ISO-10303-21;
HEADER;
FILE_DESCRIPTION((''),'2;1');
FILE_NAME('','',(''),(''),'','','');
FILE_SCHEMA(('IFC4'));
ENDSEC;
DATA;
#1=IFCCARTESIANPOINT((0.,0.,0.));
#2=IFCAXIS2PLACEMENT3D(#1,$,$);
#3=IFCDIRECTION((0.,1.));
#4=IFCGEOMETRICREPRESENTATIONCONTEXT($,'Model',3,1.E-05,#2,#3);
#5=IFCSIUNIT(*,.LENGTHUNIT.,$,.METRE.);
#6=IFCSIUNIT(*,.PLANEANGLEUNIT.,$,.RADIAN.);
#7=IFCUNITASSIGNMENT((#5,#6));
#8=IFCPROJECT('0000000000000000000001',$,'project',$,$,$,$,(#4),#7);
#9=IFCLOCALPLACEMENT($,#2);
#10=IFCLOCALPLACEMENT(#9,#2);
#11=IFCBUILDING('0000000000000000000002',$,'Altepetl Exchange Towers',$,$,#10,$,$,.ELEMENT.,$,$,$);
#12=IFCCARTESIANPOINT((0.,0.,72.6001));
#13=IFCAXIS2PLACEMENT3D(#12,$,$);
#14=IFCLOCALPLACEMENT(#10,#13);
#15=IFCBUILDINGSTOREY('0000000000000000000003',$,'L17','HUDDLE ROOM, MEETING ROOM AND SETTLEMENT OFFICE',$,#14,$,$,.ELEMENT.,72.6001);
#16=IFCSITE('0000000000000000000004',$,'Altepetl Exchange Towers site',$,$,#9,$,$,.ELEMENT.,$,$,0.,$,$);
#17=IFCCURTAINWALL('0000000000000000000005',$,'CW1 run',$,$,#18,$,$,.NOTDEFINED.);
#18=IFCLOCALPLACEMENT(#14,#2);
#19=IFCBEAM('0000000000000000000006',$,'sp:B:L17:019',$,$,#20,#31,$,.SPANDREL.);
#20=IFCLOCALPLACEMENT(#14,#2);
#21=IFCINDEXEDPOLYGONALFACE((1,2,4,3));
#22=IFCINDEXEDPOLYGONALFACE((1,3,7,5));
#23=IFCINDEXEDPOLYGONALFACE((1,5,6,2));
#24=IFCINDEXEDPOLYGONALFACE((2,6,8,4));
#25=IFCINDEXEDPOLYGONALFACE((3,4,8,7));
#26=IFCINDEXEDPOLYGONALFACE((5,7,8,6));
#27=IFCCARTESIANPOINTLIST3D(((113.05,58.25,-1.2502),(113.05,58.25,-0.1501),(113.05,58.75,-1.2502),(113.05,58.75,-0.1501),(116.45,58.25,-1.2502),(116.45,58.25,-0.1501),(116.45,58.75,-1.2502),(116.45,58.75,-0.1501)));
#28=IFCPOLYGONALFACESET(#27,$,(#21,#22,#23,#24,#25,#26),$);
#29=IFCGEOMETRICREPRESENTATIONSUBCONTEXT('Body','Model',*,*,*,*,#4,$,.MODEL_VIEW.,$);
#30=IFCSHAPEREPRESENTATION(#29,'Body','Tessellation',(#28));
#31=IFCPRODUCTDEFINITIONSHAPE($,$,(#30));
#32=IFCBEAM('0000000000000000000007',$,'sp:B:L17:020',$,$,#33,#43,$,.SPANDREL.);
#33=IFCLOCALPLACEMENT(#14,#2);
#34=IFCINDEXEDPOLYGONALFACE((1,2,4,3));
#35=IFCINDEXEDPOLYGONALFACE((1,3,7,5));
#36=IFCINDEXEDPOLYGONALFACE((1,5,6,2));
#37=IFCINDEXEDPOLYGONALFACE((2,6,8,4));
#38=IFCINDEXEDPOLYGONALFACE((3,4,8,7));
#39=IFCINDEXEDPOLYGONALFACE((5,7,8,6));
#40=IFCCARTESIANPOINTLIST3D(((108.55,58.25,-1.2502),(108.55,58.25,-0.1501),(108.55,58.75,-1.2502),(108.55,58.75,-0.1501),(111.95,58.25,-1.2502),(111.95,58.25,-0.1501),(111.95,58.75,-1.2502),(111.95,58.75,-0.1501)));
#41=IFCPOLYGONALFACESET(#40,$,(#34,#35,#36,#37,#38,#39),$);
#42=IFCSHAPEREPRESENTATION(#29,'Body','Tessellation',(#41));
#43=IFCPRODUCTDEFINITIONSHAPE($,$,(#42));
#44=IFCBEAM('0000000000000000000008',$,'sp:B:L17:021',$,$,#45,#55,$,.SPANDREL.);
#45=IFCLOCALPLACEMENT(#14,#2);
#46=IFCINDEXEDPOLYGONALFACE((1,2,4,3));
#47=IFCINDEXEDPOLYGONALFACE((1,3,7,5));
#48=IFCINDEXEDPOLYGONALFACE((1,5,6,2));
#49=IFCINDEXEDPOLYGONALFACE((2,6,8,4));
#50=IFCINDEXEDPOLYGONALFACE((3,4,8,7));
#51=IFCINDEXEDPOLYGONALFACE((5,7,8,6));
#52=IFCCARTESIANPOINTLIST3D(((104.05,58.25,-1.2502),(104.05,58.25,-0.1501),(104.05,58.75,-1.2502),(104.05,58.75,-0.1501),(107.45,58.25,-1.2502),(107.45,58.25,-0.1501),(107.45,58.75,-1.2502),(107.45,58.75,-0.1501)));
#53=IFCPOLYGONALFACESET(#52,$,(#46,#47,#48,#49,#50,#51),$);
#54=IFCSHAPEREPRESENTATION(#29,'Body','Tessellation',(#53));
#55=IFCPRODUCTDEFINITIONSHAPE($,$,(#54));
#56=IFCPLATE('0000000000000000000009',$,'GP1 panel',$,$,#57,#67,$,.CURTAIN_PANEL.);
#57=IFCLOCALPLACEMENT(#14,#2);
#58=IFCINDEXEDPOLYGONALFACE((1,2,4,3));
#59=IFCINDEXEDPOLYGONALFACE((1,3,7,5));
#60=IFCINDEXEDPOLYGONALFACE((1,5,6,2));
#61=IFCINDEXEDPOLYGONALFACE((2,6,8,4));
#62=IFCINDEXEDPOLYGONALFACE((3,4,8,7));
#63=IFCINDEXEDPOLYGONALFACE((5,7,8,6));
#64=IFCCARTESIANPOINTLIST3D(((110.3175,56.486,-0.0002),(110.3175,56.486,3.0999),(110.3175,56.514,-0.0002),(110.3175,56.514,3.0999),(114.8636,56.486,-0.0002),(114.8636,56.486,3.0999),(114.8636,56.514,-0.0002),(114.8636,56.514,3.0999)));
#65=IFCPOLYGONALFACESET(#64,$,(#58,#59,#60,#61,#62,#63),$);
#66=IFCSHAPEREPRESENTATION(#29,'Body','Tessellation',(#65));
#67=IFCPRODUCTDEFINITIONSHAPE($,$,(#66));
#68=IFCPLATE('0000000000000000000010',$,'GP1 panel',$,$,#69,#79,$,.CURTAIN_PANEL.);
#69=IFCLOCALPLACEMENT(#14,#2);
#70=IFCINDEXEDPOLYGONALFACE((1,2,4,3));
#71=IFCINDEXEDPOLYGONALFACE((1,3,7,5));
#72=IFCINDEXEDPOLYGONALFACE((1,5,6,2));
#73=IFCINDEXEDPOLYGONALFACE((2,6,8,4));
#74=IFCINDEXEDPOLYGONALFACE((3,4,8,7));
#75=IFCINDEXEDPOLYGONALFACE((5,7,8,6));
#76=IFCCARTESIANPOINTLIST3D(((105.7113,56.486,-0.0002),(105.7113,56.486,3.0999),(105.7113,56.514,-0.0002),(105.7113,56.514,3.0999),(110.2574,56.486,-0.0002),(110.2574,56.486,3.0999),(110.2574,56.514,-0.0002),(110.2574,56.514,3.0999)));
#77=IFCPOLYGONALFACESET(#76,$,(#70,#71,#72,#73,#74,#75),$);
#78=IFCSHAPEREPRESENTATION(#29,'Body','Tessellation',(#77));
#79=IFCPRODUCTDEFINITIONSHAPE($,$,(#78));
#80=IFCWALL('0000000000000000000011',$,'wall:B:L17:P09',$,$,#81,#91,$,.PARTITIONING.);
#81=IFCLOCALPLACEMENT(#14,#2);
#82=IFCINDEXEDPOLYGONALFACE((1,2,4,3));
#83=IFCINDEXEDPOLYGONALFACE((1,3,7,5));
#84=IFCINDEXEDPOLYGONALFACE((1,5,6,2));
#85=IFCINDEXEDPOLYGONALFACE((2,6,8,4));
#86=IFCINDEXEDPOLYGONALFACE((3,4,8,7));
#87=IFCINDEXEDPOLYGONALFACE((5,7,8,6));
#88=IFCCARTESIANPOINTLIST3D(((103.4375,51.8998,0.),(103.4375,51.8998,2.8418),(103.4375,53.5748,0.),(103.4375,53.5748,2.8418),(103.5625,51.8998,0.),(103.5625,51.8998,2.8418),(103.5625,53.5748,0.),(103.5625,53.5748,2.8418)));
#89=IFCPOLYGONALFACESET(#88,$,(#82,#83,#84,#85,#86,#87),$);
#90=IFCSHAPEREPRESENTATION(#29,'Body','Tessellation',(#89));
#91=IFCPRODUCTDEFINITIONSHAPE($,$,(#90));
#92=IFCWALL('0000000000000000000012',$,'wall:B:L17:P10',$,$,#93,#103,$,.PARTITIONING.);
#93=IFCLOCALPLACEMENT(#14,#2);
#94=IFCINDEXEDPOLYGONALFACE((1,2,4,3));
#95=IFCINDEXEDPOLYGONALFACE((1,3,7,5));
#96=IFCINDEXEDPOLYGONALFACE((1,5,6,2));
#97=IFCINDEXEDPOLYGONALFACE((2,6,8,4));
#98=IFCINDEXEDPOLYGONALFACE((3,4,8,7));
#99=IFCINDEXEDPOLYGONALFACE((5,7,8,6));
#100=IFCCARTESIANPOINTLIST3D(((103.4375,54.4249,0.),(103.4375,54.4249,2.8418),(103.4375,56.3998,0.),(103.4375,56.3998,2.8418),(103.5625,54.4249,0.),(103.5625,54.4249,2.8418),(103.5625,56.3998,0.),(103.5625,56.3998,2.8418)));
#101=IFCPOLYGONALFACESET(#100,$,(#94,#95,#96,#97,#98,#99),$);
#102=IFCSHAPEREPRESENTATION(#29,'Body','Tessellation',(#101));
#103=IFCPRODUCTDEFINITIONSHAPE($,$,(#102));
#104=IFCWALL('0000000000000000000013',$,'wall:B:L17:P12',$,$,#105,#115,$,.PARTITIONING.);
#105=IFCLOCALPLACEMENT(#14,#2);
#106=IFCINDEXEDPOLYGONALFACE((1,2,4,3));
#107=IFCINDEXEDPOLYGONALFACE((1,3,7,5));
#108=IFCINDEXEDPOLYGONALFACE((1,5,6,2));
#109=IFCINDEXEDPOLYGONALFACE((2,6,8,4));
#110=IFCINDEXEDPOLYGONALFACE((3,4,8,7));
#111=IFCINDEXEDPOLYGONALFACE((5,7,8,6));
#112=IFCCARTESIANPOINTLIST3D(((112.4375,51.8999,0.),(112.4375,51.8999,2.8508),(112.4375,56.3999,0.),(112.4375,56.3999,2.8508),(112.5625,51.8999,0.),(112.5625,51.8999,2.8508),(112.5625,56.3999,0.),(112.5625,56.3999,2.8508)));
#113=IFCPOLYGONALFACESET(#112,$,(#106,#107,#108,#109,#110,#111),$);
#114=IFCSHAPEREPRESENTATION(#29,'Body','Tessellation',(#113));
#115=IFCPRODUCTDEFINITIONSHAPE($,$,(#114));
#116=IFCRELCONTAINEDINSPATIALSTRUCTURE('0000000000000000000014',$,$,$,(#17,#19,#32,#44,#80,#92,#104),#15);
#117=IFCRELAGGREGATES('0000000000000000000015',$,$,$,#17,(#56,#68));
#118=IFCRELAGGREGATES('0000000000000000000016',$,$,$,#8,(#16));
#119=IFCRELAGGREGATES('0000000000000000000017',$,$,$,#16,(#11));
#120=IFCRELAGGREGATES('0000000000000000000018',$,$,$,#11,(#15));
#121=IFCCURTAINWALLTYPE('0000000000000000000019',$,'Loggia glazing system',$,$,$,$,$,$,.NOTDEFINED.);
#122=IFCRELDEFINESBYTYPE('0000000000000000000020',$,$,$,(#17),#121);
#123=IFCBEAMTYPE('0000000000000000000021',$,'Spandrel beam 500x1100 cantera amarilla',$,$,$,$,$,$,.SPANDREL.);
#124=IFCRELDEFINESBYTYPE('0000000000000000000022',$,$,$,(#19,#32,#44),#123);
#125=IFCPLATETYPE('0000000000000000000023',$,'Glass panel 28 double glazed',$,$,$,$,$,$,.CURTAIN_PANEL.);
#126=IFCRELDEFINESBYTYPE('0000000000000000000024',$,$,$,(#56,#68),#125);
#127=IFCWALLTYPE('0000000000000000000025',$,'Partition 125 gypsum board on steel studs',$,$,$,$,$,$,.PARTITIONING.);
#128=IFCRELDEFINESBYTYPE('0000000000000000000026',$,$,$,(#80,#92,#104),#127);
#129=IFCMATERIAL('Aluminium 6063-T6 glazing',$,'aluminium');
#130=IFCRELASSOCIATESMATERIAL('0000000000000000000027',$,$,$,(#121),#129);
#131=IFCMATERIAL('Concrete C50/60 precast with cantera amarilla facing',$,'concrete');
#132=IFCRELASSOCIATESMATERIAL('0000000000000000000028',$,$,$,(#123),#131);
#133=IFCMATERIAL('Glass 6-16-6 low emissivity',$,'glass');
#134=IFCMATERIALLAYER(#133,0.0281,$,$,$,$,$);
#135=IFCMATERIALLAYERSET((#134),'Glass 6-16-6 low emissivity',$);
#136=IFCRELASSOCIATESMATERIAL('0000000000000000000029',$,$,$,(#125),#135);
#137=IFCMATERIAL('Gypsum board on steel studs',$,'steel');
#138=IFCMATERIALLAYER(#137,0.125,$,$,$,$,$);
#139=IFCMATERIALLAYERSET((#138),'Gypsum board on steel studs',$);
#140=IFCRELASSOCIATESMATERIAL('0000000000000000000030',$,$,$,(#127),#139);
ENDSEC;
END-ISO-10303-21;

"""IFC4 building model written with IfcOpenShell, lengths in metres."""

from ifc_helpers import new_model, si_unit, direction, frame, frame_2d, origin, origin_2d, place, context, subcontext, project, spatial, rectangle, extrude, material, layer, layer_set, material_profile, profile_set, type_object, element, aggregate, save


model = new_model("IFC4")

# Units and contexts
model_context = context("Model", 3, precision=1e-05, world=origin(), true_north=direction((0.0, 1.0)))
body_context = subcontext(model_context, "Body", "Model", "MODEL_VIEW")
ifc_project = project(units=[si_unit("LENGTHUNIT", "METRE"), si_unit("PLANEANGLEUNIT", "RADIAN")], contexts=[model_context])

# Site, building, storey
site_placement = place(None, origin())
site = spatial("IfcSite", under=ifc_project, at=site_placement, Name="Altepetl Exchange Towers site", CompositionType="ELEMENT", RefElevation=0.0)
building_placement = place(site_placement, origin())
building = spatial("IfcBuilding", under=site, at=building_placement, Name="Altepetl Exchange Towers", CompositionType="ELEMENT")
storey_placement = place(building_placement, frame((0.0, 0.0, 72.6001)))
storey = spatial("IfcBuildingStorey", under=building, at=storey_placement, Name="L17", Description="HUDDLE ROOM, MEETING ROOM AND SETTLEMENT OFFICE", CompositionType="ELEMENT", Elevation=72.6001)

# Curtain wall
ifc_material_1 = material(Name="Aluminium 6063-T6 glazing", Category="aluminium")
curtain_wall_type = type_object("IfcCurtainWallType", Name="Loggia glazing system", PredefinedType="NOTDEFINED", material=ifc_material_1)
curtain_wall_placement = place(storey_placement, origin())
curtain_wall = element("IfcCurtainWall", 1, at=curtain_wall_placement, inside=storey, type_object=curtain_wall_type, Name="CW1 run", PredefinedType="NOTDEFINED")

# Beams
ifc_material_2 = material(Name="Concrete C50/60 precast with cantera amarilla facing", Category="concrete")
ifc_material_profile_1 = material_profile(ifc_material_2, rectangle(XDim=0.5, YDim=1.1001, at=origin_2d()), Name="500 x 1100")
ifc_profile_set_1 = profile_set([ifc_material_profile_1], Name="Concrete C50/60 precast with cantera amarilla facing")
beam_type_1 = type_object("IfcBeamType", Name="Spandrel beam 500x1100 cantera amarilla", PredefinedType="SPANDREL", material=ifc_profile_set_1)
for number, where, z_axis, x_axis, name in (
    (2, (116.45, 58.5, -0.7002), (-1.0, 0.0, 0.0), (0.0, -1.0, 0.0), "sp:B:L17:019"),
    (3, (111.95, 58.5, -0.7002), (-1.0, 0.0, 0.0), (0.0, -1.0, 0.0), "sp:B:L17:020"),
    (4, (107.45, 58.5, -0.7002), (-1.0, 0.0, 0.0), (0.0, -1.0, 0.0), "sp:B:L17:021"),
):
    element("IfcBeam", number, at=place(storey_placement, frame(where, z_axis=z_axis, x_axis=x_axis)), inside=storey, type_object=beam_type_1, Name=name, PredefinedType="SPANDREL", context=body_context, shape_type="SweptSolid", body=[
        extrude(rectangle(XDim=0.5, YDim=1.1001, at=origin_2d()), origin(), (0.0, 0.0, 1.0), 3.3999),
    ])

# Plates
ifc_material_3 = material(Name="Glass 6-16-6 low emissivity", Category="glass")
ifc_layer_1 = layer(ifc_material_3, 0.0281)
ifc_layer_set_1 = layer_set([ifc_layer_1], Name="Glass 6-16-6 low emissivity")
plate_type = type_object("IfcPlateType", Name="Glass panel 28 double glazed", PredefinedType="CURTAIN_PANEL", material=ifc_layer_set_1)
plate_1_placement = place(storey_placement, frame((112.5906, 56.5, -0.0002), z_axis=(0.0, 0.0, 1.0), x_axis=(-1.0, 0.0, 0.0)))
plate_1 = element("IfcPlate", 5, at=plate_1_placement, type_object=plate_type, Name="GP1 panel", PredefinedType="CURTAIN_PANEL", context=body_context, shape_type="SweptSolid", body=[
    extrude(rectangle(XDim=4.5461, YDim=0.0281, at=origin_2d()), origin(), (0.0, 0.0, 1.0), 3.1001),
])
plate_2_placement = place(storey_placement, frame((107.9844, 56.5, -0.0002), z_axis=(0.0, 0.0, 1.0), x_axis=(-1.0, 0.0, 0.0)))
plate_2 = element("IfcPlate", 6, at=plate_2_placement, type_object=plate_type, Name="GP1 panel", PredefinedType="CURTAIN_PANEL", context=body_context, shape_type="SweptSolid", body=[
    extrude(rectangle(XDim=4.5461, YDim=0.0281, at=origin_2d()), origin(), (0.0, 0.0, 1.0), 3.1001),
])
aggregate(curtain_wall, [plate_1, plate_2])

# Walls
ifc_material_4 = material(Name="Gypsum board on steel studs", Category="steel")
ifc_layer_2 = layer(ifc_material_4, 0.125)
ifc_layer_set_2 = layer_set([ifc_layer_2], Name="Gypsum board on steel studs")
wall_type = type_object("IfcWallType", Name="Partition 125 gypsum board on steel studs", PredefinedType="PARTITIONING", material=ifc_layer_set_2)
wall_1_placement = place(storey_placement, frame((103.5, 51.8999, 0.0), z_axis=(0.0, 0.0, 1.0), x_axis=(0.0, 1.0, 0.0)))
element("IfcWall", 7, at=wall_1_placement, inside=storey, type_object=wall_type, Name="wall:B:L17:P09", PredefinedType="PARTITIONING", context=body_context, shape_type="SweptSolid", body=[
    extrude(rectangle(XDim=1.675, YDim=0.125, at=frame_2d((0.8374, 0.0))), origin(), (0.0, 0.0, 1.0), 2.8418),
])
wall_2_placement = place(storey_placement, frame((103.5, 54.425, 0.0), z_axis=(0.0, 0.0, 1.0), x_axis=(0.0, 1.0, 0.0)))
element("IfcWall", 8, at=wall_2_placement, inside=storey, type_object=wall_type, Name="wall:B:L17:P10", PredefinedType="PARTITIONING", context=body_context, shape_type="SweptSolid", body=[
    extrude(rectangle(XDim=1.9749, YDim=0.125, at=frame_2d((0.9873, 0.0))), origin(), (0.0, 0.0, 1.0), 2.8418),
])
wall_3_placement = place(storey_placement, frame((112.5, 51.8999, 0.0), z_axis=(0.0, 0.0, 1.0), x_axis=(0.0, 1.0, 0.0)))
element("IfcWall", 9, at=wall_3_placement, inside=storey, type_object=wall_type, Name="wall:B:L17:P12", PredefinedType="PARTITIONING", context=body_context, shape_type="SweptSolid", body=[
    extrude(rectangle(XDim=4.5, YDim=0.125, at=frame_2d((2.25, 0.0))), origin(), (0.0, 0.0, 1.0), 2.8508),
])

save(model, "model.ifc")
